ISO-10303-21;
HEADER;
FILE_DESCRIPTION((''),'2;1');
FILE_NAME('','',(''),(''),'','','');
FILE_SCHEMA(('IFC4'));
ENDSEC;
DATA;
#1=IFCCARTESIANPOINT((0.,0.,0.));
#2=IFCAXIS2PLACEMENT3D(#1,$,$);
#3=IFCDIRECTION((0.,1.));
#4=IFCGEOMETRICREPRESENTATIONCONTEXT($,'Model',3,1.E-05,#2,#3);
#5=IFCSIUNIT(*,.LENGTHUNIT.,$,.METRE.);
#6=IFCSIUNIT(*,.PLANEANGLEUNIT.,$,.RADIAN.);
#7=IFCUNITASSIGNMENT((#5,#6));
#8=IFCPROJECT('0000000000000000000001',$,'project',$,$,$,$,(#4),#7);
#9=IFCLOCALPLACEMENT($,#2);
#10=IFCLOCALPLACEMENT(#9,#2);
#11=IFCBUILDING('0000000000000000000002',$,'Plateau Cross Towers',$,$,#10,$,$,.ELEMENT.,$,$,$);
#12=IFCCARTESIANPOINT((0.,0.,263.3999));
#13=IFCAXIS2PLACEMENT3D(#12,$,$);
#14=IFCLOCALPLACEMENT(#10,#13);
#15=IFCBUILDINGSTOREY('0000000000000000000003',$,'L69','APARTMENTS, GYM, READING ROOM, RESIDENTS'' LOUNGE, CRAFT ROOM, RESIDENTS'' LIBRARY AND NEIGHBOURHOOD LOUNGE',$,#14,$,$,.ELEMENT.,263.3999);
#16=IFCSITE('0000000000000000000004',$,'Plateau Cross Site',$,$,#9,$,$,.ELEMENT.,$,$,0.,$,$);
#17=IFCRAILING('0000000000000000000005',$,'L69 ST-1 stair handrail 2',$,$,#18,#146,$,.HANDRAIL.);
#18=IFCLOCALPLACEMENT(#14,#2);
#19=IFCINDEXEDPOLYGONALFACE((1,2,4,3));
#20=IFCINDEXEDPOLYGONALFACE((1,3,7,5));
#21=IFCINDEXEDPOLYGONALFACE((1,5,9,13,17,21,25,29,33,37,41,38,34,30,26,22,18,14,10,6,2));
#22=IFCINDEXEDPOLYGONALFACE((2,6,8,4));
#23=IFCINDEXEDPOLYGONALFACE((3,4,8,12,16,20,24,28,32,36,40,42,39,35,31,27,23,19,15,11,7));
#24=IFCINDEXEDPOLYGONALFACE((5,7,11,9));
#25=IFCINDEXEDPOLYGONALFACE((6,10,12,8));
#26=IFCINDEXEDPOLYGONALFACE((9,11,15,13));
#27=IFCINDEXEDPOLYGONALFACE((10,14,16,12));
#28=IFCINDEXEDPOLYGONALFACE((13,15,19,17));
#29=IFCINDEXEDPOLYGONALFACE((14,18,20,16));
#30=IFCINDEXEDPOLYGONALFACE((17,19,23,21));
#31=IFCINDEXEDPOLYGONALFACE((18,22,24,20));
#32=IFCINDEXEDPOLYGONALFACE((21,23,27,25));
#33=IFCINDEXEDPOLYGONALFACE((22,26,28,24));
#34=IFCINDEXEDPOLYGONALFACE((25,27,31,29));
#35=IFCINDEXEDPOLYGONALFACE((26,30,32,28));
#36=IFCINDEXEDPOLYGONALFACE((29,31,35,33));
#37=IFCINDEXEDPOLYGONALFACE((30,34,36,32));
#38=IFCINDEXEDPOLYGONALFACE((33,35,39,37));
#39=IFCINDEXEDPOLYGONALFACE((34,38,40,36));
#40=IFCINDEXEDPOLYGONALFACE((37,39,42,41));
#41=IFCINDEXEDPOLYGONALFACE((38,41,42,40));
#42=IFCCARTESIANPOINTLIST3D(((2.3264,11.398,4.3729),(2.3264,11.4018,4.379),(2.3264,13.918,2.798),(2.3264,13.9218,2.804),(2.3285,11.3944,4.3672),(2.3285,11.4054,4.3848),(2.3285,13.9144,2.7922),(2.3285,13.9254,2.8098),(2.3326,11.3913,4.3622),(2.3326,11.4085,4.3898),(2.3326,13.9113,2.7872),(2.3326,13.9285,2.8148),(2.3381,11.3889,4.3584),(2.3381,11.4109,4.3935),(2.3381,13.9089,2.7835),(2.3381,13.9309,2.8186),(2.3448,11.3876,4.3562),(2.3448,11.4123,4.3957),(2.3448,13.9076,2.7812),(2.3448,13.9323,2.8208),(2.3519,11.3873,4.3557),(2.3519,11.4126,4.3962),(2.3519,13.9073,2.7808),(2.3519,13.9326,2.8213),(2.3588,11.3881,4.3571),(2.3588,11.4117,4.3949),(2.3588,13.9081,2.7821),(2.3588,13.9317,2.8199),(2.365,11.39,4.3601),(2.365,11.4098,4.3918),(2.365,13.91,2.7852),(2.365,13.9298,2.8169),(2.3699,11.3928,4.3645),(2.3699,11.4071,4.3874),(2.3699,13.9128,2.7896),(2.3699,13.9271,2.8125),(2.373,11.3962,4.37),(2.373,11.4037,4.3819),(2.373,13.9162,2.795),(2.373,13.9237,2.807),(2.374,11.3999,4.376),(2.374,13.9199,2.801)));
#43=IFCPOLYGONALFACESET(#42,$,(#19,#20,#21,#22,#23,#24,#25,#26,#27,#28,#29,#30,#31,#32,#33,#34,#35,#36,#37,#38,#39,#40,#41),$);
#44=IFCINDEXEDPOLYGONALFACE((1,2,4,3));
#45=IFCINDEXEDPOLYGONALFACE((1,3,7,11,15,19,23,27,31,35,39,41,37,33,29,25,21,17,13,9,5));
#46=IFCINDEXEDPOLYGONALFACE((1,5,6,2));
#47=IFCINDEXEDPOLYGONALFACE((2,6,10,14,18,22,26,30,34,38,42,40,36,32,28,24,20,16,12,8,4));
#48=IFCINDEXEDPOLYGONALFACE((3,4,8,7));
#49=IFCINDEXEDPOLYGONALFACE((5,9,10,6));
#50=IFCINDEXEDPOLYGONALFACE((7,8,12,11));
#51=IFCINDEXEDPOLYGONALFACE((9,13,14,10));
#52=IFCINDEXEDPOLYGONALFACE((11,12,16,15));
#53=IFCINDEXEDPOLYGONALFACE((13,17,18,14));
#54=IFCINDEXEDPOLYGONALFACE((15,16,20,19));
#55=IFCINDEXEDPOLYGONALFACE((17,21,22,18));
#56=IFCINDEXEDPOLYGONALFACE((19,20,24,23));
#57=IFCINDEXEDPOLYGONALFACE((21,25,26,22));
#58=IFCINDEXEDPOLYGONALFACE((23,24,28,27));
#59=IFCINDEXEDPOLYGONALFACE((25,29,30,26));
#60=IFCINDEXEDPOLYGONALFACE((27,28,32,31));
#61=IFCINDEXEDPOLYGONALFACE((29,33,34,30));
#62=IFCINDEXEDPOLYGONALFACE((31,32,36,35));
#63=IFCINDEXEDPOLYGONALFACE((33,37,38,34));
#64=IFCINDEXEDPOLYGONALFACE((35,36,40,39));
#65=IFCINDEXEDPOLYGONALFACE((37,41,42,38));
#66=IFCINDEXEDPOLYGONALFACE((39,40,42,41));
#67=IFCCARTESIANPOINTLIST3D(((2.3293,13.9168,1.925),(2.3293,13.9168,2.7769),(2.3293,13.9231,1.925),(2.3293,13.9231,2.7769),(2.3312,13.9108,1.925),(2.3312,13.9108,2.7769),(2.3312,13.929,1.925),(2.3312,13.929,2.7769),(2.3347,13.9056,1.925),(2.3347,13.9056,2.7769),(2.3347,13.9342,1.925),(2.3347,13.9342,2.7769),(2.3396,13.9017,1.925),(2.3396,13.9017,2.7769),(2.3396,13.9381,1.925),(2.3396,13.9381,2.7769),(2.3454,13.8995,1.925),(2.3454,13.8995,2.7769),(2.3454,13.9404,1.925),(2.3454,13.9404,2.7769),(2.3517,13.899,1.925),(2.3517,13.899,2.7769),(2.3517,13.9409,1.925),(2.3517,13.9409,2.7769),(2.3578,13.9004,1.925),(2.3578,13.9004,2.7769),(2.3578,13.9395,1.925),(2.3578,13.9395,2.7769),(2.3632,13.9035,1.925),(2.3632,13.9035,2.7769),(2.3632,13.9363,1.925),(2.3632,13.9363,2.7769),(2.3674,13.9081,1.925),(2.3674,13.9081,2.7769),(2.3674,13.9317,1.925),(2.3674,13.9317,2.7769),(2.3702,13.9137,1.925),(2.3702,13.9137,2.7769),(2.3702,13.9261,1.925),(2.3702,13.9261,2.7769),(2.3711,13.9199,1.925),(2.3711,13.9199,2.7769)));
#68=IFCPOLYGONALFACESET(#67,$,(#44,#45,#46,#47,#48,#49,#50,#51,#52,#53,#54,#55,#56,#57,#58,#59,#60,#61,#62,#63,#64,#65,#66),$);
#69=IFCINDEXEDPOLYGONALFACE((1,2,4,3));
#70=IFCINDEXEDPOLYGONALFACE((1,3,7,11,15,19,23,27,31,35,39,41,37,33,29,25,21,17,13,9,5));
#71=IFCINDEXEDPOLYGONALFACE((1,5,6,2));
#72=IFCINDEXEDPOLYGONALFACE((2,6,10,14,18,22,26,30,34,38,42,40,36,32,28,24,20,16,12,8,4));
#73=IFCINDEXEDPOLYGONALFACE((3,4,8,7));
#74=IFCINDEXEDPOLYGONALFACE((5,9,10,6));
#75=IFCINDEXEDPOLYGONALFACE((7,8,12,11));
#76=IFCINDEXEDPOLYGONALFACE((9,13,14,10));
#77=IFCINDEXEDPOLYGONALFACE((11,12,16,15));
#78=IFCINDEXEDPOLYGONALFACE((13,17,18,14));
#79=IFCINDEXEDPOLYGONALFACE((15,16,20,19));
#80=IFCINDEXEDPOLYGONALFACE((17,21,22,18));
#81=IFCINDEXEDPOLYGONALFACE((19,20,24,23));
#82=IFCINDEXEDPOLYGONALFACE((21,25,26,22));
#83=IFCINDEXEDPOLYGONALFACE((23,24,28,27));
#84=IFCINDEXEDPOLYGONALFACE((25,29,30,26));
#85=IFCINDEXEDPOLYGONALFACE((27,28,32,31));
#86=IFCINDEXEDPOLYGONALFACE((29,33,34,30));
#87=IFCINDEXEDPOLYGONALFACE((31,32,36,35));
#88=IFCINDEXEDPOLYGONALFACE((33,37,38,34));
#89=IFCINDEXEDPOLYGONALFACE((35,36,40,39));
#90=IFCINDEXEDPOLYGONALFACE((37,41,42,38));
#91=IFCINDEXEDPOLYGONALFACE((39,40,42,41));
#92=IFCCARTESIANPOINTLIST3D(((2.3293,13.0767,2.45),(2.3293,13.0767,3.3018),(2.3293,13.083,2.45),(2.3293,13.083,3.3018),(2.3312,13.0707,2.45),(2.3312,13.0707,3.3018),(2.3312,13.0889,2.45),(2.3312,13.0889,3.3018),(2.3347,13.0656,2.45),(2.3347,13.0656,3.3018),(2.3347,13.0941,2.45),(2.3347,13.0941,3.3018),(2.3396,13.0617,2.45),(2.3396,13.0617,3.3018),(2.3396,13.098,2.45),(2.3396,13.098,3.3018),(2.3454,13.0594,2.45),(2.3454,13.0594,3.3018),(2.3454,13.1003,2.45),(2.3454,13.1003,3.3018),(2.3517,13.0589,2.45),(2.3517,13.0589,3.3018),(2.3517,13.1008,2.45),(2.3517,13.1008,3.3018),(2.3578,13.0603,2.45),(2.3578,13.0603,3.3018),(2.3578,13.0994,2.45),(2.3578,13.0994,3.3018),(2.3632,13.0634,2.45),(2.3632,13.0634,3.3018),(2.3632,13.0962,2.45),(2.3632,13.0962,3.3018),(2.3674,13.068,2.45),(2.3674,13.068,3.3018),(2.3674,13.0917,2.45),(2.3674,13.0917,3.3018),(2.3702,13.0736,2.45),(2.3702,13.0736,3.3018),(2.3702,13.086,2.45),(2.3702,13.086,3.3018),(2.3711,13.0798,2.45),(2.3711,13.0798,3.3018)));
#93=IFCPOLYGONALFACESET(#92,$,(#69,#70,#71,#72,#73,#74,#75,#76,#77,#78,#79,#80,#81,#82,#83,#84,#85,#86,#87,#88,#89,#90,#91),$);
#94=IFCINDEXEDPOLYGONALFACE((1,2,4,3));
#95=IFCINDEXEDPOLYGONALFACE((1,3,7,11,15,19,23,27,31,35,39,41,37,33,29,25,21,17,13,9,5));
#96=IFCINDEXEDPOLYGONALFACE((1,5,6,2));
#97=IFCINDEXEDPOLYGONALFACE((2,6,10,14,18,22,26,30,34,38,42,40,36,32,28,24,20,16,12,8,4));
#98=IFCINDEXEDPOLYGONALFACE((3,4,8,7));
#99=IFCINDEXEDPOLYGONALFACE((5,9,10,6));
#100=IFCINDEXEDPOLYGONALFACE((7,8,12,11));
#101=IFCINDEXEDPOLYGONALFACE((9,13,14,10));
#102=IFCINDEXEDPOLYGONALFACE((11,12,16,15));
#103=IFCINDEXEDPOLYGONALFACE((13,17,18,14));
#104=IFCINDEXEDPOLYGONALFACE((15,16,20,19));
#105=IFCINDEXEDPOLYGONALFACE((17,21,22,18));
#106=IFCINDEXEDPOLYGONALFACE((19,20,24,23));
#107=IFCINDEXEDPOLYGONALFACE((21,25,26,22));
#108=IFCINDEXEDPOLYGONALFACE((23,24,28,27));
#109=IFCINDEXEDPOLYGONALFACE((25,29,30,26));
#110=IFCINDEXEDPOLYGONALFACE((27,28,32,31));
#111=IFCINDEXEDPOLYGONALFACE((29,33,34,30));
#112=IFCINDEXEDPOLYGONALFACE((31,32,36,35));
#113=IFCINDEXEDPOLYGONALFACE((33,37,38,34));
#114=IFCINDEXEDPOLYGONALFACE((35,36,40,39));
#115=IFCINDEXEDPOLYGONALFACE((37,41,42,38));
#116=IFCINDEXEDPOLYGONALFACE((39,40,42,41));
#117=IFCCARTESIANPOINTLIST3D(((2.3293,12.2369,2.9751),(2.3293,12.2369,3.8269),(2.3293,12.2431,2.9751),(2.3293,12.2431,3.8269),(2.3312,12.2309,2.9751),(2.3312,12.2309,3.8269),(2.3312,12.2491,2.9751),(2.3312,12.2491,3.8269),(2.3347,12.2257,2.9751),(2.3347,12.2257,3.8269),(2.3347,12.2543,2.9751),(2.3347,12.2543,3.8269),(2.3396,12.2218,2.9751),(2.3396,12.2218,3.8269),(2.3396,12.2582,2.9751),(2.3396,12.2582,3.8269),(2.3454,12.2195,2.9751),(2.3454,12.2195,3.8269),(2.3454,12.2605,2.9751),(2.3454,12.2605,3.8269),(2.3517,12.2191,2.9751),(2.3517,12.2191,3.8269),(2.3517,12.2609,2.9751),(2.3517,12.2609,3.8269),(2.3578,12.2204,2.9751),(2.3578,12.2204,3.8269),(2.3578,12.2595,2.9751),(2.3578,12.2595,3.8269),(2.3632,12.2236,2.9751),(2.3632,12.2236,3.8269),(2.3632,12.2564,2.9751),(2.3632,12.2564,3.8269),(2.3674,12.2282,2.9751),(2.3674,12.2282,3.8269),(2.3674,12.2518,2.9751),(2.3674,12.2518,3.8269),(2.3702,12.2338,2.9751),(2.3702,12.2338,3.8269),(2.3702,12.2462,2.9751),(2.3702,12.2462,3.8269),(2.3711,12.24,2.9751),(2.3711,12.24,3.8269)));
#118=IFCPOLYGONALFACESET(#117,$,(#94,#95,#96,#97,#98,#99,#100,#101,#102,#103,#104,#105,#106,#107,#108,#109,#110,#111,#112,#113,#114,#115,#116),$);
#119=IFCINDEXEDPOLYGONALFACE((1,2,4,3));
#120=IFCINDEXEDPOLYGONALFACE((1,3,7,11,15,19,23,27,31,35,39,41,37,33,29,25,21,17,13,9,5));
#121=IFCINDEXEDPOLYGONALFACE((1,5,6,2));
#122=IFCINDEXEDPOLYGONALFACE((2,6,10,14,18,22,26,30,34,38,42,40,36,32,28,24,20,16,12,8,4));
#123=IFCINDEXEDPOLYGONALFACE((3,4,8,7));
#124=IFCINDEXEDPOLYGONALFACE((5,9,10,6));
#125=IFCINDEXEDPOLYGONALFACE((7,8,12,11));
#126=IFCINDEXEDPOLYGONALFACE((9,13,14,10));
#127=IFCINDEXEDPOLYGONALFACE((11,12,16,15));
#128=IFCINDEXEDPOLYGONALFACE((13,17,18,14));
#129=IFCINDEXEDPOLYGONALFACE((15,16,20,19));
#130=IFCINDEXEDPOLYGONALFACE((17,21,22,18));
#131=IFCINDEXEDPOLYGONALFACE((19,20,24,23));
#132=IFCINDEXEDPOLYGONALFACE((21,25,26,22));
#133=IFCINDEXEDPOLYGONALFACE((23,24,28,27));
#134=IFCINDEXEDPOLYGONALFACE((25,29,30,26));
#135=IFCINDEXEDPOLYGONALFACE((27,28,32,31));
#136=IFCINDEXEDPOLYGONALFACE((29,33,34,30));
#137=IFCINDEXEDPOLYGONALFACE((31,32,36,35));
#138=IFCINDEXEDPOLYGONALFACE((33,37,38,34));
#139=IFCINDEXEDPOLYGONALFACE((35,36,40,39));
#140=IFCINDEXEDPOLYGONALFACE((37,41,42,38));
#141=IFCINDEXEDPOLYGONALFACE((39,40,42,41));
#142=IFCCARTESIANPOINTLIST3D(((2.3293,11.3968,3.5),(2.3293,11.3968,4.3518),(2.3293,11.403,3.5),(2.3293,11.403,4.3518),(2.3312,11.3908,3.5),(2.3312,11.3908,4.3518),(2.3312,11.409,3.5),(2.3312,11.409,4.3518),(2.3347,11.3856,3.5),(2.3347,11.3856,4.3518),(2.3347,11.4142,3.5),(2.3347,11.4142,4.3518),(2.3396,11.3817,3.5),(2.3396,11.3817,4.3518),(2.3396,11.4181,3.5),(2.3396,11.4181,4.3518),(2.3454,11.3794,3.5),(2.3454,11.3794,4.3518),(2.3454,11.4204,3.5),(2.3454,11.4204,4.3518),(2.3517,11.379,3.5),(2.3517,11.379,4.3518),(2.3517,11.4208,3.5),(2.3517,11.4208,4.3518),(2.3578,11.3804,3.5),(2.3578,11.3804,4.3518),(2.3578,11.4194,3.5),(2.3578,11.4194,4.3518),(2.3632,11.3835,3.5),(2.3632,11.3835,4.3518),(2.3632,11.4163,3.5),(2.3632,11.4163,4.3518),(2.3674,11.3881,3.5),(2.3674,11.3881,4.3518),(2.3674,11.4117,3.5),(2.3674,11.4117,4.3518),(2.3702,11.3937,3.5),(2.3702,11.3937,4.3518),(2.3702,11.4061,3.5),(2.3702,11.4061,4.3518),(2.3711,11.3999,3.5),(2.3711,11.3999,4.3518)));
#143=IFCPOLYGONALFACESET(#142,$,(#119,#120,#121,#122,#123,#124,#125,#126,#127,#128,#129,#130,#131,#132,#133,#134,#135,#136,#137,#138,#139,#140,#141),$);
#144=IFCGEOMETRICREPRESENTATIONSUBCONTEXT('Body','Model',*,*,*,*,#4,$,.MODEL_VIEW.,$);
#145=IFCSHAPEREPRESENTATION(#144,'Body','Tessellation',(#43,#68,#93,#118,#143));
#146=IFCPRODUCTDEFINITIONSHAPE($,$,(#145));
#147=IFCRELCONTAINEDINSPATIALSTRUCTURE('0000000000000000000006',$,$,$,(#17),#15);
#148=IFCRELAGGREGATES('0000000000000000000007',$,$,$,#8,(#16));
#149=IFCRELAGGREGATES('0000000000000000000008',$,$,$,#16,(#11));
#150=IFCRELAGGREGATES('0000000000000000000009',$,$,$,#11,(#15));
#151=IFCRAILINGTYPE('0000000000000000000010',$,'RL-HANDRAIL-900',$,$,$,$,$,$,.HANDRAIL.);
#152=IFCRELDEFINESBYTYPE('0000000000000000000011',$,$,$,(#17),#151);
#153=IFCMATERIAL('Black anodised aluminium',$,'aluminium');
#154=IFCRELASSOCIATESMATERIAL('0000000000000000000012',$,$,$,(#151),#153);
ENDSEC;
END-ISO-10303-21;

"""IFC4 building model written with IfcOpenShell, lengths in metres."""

from ifc_helpers import new_model, si_unit, direction, frame, origin, origin_2d, place, context, subcontext, project, spatial, circle, extrude, material, type_object, element, save


model = new_model("IFC4")

# Units and contexts
model_context = context("Model", 3, precision=1e-05, world=origin(), true_north=direction((0.0, 1.0)))
body_context = subcontext(model_context, "Body", "Model", "MODEL_VIEW")
ifc_project = project(units=[si_unit("LENGTHUNIT", "METRE"), si_unit("PLANEANGLEUNIT", "RADIAN")], contexts=[model_context])

# Site, building, storey
site_placement = place(None, origin())
site = spatial("IfcSite", under=ifc_project, at=site_placement, Name="Plateau Cross Site", CompositionType="ELEMENT", RefElevation=0.0)
building_placement = place(site_placement, origin())
building = spatial("IfcBuilding", under=site, at=building_placement, Name="Plateau Cross Towers", CompositionType="ELEMENT")
storey_placement = place(building_placement, frame((0.0, 0.0, 263.3999)))
storey = spatial("IfcBuildingStorey", under=building, at=storey_placement, Name="L69", Description="APARTMENTS, GYM, READING ROOM, RESIDENTS' LOUNGE, CRAFT ROOM, RESIDENTS' LIBRARY AND NEIGHBOURHOOD LOUNGE", CompositionType="ELEMENT", Elevation=263.3999)

# Shared definitions
ifc_material_1 = material(Name="Black anodised aluminium", Category="aluminium")

# Railing
railing_type_1 = type_object("IfcRailingType", Name="RL-HANDRAIL-900", PredefinedType="HANDRAIL", material=ifc_material_1)
railing_1_placement = place(storey_placement, frame((2.3501, 13.9199, 1.925)))
element("IfcRailing", 1, at=railing_1_placement, inside=storey, type_object=railing_type_1, Name="L69 ST-1 stair handrail 2", PredefinedType="HANDRAIL", context=body_context, shape_type="SweptSolid", body=[
    extrude(circle(Radius=0.0239, at=origin_2d()), frame((0.0, 0.0, 0.876), z_axis=(0.0, -0.848008, 0.529984), x_axis=(1.0, 0.0, 0.0)), (0.0, 0.0, 1.0), 2.9717),
    extrude(circle(Radius=0.021, at=origin_2d()), origin(), (0.0, 0.0, 1.0), 0.8518),
    extrude(circle(Radius=0.021, at=origin_2d()), frame((0.0, -0.8401, 0.5249)), (0.0, 0.0, 1.0), 0.8518),
    extrude(circle(Radius=0.021, at=origin_2d()), frame((0.0, -1.6799, 1.05)), (0.0, 0.0, 1.0), 0.8518),
    extrude(circle(Radius=0.021, at=origin_2d()), frame((0.0, -2.52, 1.575)), (0.0, 0.0, 1.0), 0.8518),
])

save(model, "model.ifc")
